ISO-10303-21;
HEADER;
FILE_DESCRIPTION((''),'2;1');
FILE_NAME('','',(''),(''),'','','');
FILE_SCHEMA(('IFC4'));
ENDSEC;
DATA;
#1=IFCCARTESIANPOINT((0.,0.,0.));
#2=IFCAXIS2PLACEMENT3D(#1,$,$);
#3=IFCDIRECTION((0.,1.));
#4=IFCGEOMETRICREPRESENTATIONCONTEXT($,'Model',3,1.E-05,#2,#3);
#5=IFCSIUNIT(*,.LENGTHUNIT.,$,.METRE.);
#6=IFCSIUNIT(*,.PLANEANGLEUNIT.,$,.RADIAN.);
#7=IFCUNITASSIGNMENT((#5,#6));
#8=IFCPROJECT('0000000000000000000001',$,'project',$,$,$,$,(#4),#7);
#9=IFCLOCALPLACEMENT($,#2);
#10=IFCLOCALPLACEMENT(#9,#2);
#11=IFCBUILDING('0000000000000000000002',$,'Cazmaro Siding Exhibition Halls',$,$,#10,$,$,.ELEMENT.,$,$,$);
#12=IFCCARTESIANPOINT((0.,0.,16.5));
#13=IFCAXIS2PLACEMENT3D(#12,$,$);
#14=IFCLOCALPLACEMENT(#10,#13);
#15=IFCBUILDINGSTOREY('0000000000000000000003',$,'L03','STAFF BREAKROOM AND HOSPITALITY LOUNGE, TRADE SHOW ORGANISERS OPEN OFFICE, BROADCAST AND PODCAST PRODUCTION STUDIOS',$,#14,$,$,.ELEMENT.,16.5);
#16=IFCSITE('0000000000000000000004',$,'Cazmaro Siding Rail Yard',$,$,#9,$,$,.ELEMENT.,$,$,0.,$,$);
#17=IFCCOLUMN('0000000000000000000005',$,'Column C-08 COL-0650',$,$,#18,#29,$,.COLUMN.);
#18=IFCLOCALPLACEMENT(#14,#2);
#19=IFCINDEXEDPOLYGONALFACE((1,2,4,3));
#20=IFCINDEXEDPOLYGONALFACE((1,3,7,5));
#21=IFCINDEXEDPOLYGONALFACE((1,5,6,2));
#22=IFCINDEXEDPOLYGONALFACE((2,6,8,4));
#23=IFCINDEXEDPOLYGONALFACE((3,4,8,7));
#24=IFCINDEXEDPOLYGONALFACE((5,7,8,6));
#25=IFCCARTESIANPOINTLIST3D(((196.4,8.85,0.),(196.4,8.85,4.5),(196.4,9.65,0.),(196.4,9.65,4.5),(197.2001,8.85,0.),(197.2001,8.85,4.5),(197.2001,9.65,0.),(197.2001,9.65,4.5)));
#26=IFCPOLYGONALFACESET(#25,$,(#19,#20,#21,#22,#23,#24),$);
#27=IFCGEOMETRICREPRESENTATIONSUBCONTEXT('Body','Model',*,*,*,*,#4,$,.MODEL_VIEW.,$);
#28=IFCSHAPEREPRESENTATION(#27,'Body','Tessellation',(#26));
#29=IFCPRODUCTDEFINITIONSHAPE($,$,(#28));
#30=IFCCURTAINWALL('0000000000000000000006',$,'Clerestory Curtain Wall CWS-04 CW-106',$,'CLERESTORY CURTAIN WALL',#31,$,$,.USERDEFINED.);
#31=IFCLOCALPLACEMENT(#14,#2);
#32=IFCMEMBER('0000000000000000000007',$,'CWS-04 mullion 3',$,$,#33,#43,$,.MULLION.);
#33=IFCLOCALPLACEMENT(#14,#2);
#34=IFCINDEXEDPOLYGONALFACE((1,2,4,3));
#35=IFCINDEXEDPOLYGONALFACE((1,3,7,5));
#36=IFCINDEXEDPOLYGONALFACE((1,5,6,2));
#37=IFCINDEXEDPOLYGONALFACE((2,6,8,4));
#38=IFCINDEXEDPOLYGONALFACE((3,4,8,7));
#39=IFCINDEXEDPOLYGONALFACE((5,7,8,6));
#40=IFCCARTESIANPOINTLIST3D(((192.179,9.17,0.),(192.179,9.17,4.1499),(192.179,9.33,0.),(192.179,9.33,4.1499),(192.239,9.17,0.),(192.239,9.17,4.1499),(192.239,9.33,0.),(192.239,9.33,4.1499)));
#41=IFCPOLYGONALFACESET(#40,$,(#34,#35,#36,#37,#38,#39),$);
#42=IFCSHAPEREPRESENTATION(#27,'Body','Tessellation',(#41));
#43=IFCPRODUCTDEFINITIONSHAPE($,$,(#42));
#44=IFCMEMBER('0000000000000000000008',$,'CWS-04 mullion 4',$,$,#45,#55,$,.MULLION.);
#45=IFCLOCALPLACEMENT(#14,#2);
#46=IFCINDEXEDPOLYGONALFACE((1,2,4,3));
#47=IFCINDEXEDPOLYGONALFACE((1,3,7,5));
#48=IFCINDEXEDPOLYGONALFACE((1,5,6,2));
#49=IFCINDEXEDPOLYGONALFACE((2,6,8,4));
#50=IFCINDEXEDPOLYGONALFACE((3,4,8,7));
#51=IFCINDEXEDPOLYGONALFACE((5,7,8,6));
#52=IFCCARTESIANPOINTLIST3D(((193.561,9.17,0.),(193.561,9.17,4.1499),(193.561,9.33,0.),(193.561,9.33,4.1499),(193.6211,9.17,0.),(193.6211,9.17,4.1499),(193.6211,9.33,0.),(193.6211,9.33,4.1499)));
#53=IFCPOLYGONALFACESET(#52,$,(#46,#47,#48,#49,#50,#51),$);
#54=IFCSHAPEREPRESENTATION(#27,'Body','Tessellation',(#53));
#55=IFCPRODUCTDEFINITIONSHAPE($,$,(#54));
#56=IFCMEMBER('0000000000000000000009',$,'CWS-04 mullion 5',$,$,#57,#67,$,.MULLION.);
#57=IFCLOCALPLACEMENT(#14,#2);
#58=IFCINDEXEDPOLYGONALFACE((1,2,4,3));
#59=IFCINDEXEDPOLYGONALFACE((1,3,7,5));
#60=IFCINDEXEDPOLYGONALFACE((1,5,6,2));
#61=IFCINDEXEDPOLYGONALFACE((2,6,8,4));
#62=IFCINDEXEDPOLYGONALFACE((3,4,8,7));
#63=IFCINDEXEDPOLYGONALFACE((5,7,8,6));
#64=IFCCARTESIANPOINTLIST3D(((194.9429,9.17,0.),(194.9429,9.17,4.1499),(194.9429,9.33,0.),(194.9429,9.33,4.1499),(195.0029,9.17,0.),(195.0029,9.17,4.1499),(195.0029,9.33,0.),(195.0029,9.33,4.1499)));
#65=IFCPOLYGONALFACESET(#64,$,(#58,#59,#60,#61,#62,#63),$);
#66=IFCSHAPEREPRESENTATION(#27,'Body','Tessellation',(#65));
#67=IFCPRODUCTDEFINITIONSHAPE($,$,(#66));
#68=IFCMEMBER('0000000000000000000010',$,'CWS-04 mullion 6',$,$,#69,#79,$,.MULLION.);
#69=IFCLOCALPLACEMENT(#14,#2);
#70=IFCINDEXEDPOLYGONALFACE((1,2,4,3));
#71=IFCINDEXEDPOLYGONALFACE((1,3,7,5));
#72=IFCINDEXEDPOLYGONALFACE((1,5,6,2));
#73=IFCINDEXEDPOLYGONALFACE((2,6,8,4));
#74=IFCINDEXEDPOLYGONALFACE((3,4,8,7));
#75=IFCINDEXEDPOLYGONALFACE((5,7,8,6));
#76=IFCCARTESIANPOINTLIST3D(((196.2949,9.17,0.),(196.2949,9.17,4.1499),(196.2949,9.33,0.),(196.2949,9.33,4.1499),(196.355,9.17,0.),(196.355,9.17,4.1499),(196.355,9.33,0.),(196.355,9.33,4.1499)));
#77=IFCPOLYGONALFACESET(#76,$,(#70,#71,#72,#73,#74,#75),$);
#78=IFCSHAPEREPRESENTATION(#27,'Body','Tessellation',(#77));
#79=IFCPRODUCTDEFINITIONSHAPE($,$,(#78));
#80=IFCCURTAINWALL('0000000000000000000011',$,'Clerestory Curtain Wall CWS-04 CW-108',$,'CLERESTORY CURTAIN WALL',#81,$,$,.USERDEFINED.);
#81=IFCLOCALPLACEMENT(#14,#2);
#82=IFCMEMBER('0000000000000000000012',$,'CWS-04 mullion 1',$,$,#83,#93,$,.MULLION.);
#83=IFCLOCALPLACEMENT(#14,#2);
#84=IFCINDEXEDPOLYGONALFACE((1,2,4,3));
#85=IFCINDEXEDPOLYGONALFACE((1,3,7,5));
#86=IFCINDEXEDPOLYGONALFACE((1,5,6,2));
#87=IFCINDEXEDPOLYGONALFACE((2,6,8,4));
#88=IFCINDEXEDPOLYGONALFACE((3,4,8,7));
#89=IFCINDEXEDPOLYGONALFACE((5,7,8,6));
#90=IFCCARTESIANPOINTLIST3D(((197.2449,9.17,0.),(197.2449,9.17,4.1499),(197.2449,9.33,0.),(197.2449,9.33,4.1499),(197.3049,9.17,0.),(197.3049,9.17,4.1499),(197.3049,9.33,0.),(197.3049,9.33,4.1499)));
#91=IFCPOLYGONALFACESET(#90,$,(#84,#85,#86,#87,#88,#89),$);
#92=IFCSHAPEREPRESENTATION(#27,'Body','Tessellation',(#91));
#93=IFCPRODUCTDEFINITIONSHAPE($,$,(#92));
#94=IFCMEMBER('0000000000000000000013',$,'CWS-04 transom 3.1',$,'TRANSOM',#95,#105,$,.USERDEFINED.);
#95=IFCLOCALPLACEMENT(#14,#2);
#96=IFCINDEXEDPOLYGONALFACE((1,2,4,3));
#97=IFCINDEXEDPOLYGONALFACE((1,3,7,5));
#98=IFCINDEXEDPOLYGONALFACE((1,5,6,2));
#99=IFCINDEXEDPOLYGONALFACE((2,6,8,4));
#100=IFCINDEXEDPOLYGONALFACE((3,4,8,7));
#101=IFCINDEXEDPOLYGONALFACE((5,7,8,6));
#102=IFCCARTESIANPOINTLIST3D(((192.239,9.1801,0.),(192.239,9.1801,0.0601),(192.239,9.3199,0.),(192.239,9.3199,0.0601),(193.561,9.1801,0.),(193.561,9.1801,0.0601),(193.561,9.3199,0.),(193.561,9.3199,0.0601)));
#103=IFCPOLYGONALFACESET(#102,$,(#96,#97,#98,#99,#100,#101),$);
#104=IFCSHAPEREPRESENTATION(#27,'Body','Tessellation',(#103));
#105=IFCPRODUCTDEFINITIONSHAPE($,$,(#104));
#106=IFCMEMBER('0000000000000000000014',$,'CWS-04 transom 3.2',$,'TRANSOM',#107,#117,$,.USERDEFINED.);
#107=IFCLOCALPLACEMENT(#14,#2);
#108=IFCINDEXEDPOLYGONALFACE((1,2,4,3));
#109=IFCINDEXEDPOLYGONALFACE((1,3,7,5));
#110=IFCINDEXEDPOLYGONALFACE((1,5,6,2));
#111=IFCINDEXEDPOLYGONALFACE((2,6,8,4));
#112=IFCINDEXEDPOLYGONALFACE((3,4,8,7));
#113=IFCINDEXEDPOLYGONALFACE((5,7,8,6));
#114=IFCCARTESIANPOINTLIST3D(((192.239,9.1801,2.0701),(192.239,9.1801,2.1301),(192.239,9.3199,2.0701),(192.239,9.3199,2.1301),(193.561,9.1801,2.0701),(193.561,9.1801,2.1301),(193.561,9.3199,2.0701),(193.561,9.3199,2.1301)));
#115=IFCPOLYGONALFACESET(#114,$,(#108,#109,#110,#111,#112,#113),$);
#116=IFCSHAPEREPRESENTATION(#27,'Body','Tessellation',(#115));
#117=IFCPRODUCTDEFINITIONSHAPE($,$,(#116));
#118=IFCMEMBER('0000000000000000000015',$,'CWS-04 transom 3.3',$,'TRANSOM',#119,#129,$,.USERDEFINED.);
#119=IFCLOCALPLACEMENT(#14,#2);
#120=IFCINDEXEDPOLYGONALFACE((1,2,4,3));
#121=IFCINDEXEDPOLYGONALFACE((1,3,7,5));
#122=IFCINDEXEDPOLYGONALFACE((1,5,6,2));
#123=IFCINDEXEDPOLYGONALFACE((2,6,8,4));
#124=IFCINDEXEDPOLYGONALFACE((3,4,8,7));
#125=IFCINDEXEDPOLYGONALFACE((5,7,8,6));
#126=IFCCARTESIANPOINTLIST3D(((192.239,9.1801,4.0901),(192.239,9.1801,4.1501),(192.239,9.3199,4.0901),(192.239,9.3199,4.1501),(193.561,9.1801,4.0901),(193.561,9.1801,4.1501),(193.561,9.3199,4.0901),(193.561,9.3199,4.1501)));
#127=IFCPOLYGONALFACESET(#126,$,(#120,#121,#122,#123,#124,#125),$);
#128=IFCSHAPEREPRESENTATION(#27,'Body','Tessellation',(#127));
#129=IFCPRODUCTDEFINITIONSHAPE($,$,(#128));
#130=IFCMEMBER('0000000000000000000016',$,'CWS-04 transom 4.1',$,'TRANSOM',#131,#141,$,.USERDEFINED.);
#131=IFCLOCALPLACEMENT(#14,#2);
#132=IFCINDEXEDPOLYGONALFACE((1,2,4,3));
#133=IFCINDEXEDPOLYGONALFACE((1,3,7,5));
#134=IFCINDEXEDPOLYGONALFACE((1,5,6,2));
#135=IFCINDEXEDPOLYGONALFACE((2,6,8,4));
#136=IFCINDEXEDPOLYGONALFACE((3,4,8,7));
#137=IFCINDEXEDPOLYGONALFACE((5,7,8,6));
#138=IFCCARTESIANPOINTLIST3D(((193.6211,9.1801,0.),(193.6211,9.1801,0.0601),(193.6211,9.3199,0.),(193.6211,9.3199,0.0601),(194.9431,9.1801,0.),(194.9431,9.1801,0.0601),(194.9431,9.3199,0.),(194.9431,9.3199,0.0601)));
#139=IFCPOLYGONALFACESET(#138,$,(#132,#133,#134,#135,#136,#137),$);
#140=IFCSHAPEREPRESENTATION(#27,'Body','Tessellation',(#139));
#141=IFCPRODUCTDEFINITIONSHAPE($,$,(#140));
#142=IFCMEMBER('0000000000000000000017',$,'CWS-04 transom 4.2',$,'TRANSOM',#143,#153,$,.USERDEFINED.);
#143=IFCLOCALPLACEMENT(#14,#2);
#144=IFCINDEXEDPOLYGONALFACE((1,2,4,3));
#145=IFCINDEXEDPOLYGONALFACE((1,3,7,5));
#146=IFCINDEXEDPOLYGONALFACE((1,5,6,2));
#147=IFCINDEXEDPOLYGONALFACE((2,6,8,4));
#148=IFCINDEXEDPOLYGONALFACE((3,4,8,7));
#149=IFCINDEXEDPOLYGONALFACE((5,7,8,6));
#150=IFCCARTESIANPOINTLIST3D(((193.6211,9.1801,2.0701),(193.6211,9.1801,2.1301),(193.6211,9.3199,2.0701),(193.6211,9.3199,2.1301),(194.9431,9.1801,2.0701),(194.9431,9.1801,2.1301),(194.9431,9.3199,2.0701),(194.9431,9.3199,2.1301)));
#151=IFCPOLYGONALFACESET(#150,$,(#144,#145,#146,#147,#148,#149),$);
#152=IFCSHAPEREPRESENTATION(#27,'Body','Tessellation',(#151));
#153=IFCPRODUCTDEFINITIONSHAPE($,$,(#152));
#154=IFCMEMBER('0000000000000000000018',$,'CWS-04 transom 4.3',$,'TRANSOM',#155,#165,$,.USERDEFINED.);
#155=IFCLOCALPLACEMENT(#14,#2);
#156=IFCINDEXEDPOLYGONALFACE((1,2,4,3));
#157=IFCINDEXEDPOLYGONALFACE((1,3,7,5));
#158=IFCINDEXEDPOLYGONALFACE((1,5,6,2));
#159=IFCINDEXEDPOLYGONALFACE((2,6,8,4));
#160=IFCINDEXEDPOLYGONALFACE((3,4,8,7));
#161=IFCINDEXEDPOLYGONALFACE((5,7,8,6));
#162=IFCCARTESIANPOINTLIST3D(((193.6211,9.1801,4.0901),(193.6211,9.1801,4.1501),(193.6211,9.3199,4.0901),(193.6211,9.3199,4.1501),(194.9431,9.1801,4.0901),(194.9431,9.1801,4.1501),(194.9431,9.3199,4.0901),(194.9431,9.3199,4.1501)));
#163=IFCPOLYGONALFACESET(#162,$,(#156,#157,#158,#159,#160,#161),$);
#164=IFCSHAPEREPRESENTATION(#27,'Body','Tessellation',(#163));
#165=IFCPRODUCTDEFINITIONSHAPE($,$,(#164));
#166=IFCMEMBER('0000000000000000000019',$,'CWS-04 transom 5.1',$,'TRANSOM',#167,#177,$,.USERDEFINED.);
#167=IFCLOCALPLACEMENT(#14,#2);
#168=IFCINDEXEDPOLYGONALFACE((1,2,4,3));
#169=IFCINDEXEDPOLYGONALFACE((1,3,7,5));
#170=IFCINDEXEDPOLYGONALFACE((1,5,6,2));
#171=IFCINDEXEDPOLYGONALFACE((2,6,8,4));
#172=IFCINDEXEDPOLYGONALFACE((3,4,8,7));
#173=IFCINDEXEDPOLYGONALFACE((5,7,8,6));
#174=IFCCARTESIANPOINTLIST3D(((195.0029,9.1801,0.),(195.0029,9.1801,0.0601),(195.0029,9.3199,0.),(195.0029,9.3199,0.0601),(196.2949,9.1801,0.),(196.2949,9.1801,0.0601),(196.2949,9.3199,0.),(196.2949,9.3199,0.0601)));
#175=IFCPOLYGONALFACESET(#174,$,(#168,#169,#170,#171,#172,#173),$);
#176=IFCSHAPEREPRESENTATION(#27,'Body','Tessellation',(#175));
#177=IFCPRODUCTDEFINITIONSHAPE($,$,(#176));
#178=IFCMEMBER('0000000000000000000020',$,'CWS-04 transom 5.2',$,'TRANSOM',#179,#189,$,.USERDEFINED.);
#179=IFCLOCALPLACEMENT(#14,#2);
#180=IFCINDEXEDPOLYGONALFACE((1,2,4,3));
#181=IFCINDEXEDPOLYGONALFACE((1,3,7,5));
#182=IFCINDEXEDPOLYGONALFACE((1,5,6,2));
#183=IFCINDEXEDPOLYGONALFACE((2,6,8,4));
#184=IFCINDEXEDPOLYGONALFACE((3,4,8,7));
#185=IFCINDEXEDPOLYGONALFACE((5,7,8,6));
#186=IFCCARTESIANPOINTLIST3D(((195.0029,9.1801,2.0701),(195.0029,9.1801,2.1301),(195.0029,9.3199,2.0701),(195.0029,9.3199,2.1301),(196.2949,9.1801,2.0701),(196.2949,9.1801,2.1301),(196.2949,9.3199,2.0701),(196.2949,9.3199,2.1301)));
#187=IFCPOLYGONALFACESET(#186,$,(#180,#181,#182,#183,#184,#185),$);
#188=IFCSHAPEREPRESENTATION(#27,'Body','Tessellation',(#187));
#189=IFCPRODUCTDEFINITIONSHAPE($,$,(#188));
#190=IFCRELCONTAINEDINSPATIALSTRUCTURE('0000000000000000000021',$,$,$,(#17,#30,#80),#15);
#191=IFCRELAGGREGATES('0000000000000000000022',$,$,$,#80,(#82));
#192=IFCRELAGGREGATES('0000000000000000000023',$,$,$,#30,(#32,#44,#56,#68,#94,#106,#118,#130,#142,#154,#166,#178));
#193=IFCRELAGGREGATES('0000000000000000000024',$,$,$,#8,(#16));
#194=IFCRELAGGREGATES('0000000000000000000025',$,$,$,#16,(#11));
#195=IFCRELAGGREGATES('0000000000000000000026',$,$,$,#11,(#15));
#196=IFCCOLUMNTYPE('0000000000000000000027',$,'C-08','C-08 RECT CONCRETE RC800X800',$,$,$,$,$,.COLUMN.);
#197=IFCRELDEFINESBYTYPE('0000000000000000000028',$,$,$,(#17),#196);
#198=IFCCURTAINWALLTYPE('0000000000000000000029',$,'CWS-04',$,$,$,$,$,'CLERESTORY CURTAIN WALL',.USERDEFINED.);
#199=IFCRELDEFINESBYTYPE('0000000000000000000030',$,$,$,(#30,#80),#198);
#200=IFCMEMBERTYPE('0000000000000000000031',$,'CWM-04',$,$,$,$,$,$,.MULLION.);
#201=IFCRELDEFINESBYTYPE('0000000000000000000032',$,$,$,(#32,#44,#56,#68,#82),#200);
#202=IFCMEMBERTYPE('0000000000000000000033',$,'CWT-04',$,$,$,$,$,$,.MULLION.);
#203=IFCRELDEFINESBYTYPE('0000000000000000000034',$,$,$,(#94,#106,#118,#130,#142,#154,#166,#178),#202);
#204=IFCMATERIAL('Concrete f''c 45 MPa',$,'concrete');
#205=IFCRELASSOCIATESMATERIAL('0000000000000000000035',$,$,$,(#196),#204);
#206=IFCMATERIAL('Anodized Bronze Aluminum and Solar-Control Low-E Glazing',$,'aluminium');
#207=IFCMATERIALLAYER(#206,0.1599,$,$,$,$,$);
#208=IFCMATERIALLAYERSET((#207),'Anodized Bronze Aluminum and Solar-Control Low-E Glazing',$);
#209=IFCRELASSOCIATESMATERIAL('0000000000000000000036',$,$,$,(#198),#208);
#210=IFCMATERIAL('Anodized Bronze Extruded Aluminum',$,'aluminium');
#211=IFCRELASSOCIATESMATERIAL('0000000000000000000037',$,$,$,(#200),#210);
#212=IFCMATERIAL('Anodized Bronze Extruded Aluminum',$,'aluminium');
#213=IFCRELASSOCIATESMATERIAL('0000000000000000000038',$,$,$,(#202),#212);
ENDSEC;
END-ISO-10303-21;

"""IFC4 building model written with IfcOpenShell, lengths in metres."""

from ifc_helpers import new_model, si_unit, direction, frame, origin, origin_2d, place, context, subcontext, project, spatial, rectangle, extrude, material, layer, layer_set, material_profile, profile_set, type_object, element, aggregate, save


model = new_model("IFC4")

# Units and contexts
model_context = context("Model", 3, precision=1e-05, world=origin(), true_north=direction((0.0, 1.0)))
body_context = subcontext(model_context, "Body", "Model", "MODEL_VIEW")
ifc_project = project(units=[si_unit("LENGTHUNIT", "METRE"), si_unit("PLANEANGLEUNIT", "RADIAN")], contexts=[model_context])

# Site, building, storey
site_placement = place(None, origin())
site = spatial("IfcSite", under=ifc_project, at=site_placement, Name="Cazmaro Siding Rail Yard", CompositionType="ELEMENT", RefElevation=0.0)
building_placement = place(site_placement, origin())
building = spatial("IfcBuilding", under=site, at=building_placement, Name="Cazmaro Siding Exhibition Halls", CompositionType="ELEMENT")
storey_placement = place(building_placement, frame((0.0, 0.0, 16.5)))
storey = spatial("IfcBuildingStorey", under=building, at=storey_placement, Name="L03", Description="STAFF BREAKROOM AND HOSPITALITY LOUNGE, TRADE SHOW ORGANISERS OPEN OFFICE, BROADCAST AND PODCAST PRODUCTION STUDIOS", CompositionType="ELEMENT", Elevation=16.5)

# Column
ifc_material_1 = material(Name="Concrete f'c 45 MPa", Category="concrete")
ifc_material_profile_1 = material_profile(ifc_material_1, rectangle(XDim=0.8, YDim=0.8, at=origin_2d()), Name="RC800X800")
ifc_profile_set_1 = profile_set([ifc_material_profile_1], Name="Concrete f'c 45 MPa")
column_type = type_object("IfcColumnType", Name="C-08", Description="C-08 RECT CONCRETE RC800X800", PredefinedType="COLUMN", material=ifc_profile_set_1)
column_placement = place(storey_placement, frame((196.8, 9.25, 0.0), z_axis=(0.0, 0.0, 1.0), x_axis=(1.0, 0.0, 0.0)))
element("IfcColumn", 1, at=column_placement, inside=storey, type_object=column_type, Name="Column C-08 COL-0650", PredefinedType="COLUMN", context=body_context, shape_type="SweptSolid", body=[
    extrude(rectangle(XDim=0.8, YDim=0.8, at=origin_2d()), origin(), (0.0, 0.0, 1.0), 4.5),
])

# Curtain wall, members
ifc_material_2 = material(Name="Anodized Bronze Aluminum and Solar-Control Low-E Glazing", Category="aluminium")
ifc_layer_1 = layer(ifc_material_2, 0.1599)
ifc_layer_set_1 = layer_set([ifc_layer_1], Name="Anodized Bronze Aluminum and Solar-Control Low-E Glazing")
curtain_wall_type = type_object("IfcCurtainWallType", Name="CWS-04", ElementType="CLERESTORY CURTAIN WALL", PredefinedType="USERDEFINED", material=ifc_layer_set_1)
curtain_wall_1_placement = place(storey_placement, origin())
curtain_wall_1 = element("IfcCurtainWall", 2, at=curtain_wall_1_placement, inside=storey, type_object=curtain_wall_type, Name="Clerestory Curtain Wall CWS-04 CW-106", ObjectType="CLERESTORY CURTAIN WALL", PredefinedType="USERDEFINED")
ifc_material_3 = material(Name="Anodized Bronze Extruded Aluminum", Category="aluminium")
ifc_material_profile_2 = material_profile(ifc_material_3, rectangle(XDim=0.1599, YDim=0.0601, at=origin_2d()), Name="CWM-04")
ifc_profile_set_2 = profile_set([ifc_material_profile_2], Name="Anodized Bronze Extruded Aluminum")
member_type_1 = type_object("IfcMemberType", Name="CWM-04", PredefinedType="MULLION", material=ifc_profile_set_2)
member_1_placement = place(storey_placement, frame((192.209, 9.25, 0.0), z_axis=(0.0, 0.0, 1.0), x_axis=(0.0, 1.0, 0.0)))
member_1 = element("IfcMember", 3, at=member_1_placement, type_object=member_type_1, Name="CWS-04 mullion 3", PredefinedType="MULLION", context=body_context, shape_type="SweptSolid", body=[
    extrude(rectangle(XDim=0.1599, YDim=0.0601, at=origin_2d()), origin(), (0.0, 0.0, 1.0), 4.1499),
])
member_2_placement = place(storey_placement, frame((193.5911, 9.25, 0.0), z_axis=(0.0, 0.0, 1.0), x_axis=(0.0, 1.0, 0.0)))
member_2 = element("IfcMember", 4, at=member_2_placement, type_object=member_type_1, Name="CWS-04 mullion 4", PredefinedType="MULLION", context=body_context, shape_type="SweptSolid", body=[
    extrude(rectangle(XDim=0.1599, YDim=0.0601, at=origin_2d()), origin(), (0.0, 0.0, 1.0), 4.1499),
])
member_3_placement = place(storey_placement, frame((194.9729, 9.25, 0.0), z_axis=(0.0, 0.0, 1.0), x_axis=(0.0, 1.0, 0.0)))
member_3 = element("IfcMember", 5, at=member_3_placement, type_object=member_type_1, Name="CWS-04 mullion 5", PredefinedType="MULLION", context=body_context, shape_type="SweptSolid", body=[
    extrude(rectangle(XDim=0.1599, YDim=0.0601, at=origin_2d()), origin(), (0.0, 0.0, 1.0), 4.1499),
])
member_4_placement = place(storey_placement, frame((196.325, 9.25, 0.0), z_axis=(0.0, 0.0, 1.0), x_axis=(0.0, 1.0, 0.0)))
member_4 = element("IfcMember", 6, at=member_4_placement, type_object=member_type_1, Name="CWS-04 mullion 6", PredefinedType="MULLION", context=body_context, shape_type="SweptSolid", body=[
    extrude(rectangle(XDim=0.1599, YDim=0.0601, at=origin_2d()), origin(), (0.0, 0.0, 1.0), 4.1499),
])

# Curtain wall, member
curtain_wall_2_placement = place(storey_placement, origin())
curtain_wall_2 = element("IfcCurtainWall", 7, at=curtain_wall_2_placement, inside=storey, type_object=curtain_wall_type, Name="Clerestory Curtain Wall CWS-04 CW-108", ObjectType="CLERESTORY CURTAIN WALL", PredefinedType="USERDEFINED")
member_5_placement = place(storey_placement, frame((197.2749, 9.25, 0.0), z_axis=(0.0, 0.0, 1.0), x_axis=(0.0, 1.0, 0.0)))
member_5 = element("IfcMember", 8, at=member_5_placement, type_object=member_type_1, Name="CWS-04 mullion 1", PredefinedType="MULLION", context=body_context, shape_type="SweptSolid", body=[
    extrude(rectangle(XDim=0.1599, YDim=0.0601, at=origin_2d()), origin(), (0.0, 0.0, 1.0), 4.1499),
])

# Members
ifc_material_4 = material(Name="Anodized Bronze Extruded Aluminum", Category="aluminium")
ifc_material_profile_3 = material_profile(ifc_material_4, rectangle(XDim=0.1399, YDim=0.0601, at=origin_2d()), Name="CWT-04")
ifc_profile_set_3 = profile_set([ifc_material_profile_3], Name="Anodized Bronze Extruded Aluminum")
member_type_2 = type_object("IfcMemberType", Name="CWT-04", PredefinedType="MULLION", material=ifc_profile_set_3)
member_6_placement = place(storey_placement, frame((192.239, 9.25, 0.03), z_axis=(1.0, 0.0, 0.0), x_axis=(0.0, 1.0, 0.0)))
member_6 = element("IfcMember", 9, at=member_6_placement, type_object=member_type_2, Name="CWS-04 transom 3.1", ObjectType="TRANSOM", PredefinedType="USERDEFINED", context=body_context, shape_type="SweptSolid", body=[
    extrude(rectangle(XDim=0.1399, YDim=0.0601, at=origin_2d()), origin(), (0.0, 0.0, 1.0), 1.322),
])
member_7_placement = place(storey_placement, frame((192.239, 9.25, 2.1001), z_axis=(1.0, 0.0, 0.0), x_axis=(0.0, 1.0, 0.0)))
member_7 = element("IfcMember", 10, at=member_7_placement, type_object=member_type_2, Name="CWS-04 transom 3.2", ObjectType="TRANSOM", PredefinedType="USERDEFINED", context=body_context, shape_type="SweptSolid", body=[
    extrude(rectangle(XDim=0.1399, YDim=0.0601, at=origin_2d()), origin(), (0.0, 0.0, 1.0), 1.322),
])
member_8_placement = place(storey_placement, frame((192.239, 9.25, 4.1201), z_axis=(1.0, 0.0, 0.0), x_axis=(0.0, 1.0, 0.0)))
member_8 = element("IfcMember", 11, at=member_8_placement, type_object=member_type_2, Name="CWS-04 transom 3.3", ObjectType="TRANSOM", PredefinedType="USERDEFINED", context=body_context, shape_type="SweptSolid", body=[
    extrude(rectangle(XDim=0.1399, YDim=0.0601, at=origin_2d()), origin(), (0.0, 0.0, 1.0), 1.322),
])
member_9_placement = place(storey_placement, frame((193.6211, 9.25, 0.03), z_axis=(1.0, 0.0, 0.0), x_axis=(0.0, 1.0, 0.0)))
member_9 = element("IfcMember", 12, at=member_9_placement, type_object=member_type_2, Name="CWS-04 transom 4.1", ObjectType="TRANSOM", PredefinedType="USERDEFINED", context=body_context, shape_type="SweptSolid", body=[
    extrude(rectangle(XDim=0.1399, YDim=0.0601, at=origin_2d()), origin(), (0.0, 0.0, 1.0), 1.322),
])
member_10_placement = place(storey_placement, frame((193.6211, 9.25, 2.1001), z_axis=(1.0, 0.0, 0.0), x_axis=(0.0, 1.0, 0.0)))
member_10 = element("IfcMember", 13, at=member_10_placement, type_object=member_type_2, Name="CWS-04 transom 4.2", ObjectType="TRANSOM", PredefinedType="USERDEFINED", context=body_context, shape_type="SweptSolid", body=[
    extrude(rectangle(XDim=0.1399, YDim=0.0601, at=origin_2d()), origin(), (0.0, 0.0, 1.0), 1.322),
])
member_11_placement = place(storey_placement, frame((193.6211, 9.25, 4.1201), z_axis=(1.0, 0.0, 0.0), x_axis=(0.0, 1.0, 0.0)))
member_11 = element("IfcMember", 14, at=member_11_placement, type_object=member_type_2, Name="CWS-04 transom 4.3", ObjectType="TRANSOM", PredefinedType="USERDEFINED", context=body_context, shape_type="SweptSolid", body=[
    extrude(rectangle(XDim=0.1399, YDim=0.0601, at=origin_2d()), origin(), (0.0, 0.0, 1.0), 1.322),
])
member_12_placement = place(storey_placement, frame((195.0029, 9.25, 0.03), z_axis=(1.0, 0.0, 0.0), x_axis=(0.0, 1.0, 0.0)))
member_12 = element("IfcMember", 15, at=member_12_placement, type_object=member_type_2, Name="CWS-04 transom 5.1", ObjectType="TRANSOM", PredefinedType="USERDEFINED", context=body_context, shape_type="SweptSolid", body=[
    extrude(rectangle(XDim=0.1399, YDim=0.0601, at=origin_2d()), origin(), (0.0, 0.0, 1.0), 1.292),
])
member_13_placement = place(storey_placement, frame((195.0029, 9.25, 2.1001), z_axis=(1.0, 0.0, 0.0), x_axis=(0.0, 1.0, 0.0)))
member_13 = element("IfcMember", 16, at=member_13_placement, type_object=member_type_2, Name="CWS-04 transom 5.2", ObjectType="TRANSOM", PredefinedType="USERDEFINED", context=body_context, shape_type="SweptSolid", body=[
    extrude(rectangle(XDim=0.1399, YDim=0.0601, at=origin_2d()), origin(), (0.0, 0.0, 1.0), 1.292),
])
aggregate(curtain_wall_2, [member_5])

aggregate(curtain_wall_1, [member_1, member_2, member_3, member_4, member_6, member_7, member_8, member_9, member_10, member_11, member_12, member_13])

save(model, "model.ifc")
